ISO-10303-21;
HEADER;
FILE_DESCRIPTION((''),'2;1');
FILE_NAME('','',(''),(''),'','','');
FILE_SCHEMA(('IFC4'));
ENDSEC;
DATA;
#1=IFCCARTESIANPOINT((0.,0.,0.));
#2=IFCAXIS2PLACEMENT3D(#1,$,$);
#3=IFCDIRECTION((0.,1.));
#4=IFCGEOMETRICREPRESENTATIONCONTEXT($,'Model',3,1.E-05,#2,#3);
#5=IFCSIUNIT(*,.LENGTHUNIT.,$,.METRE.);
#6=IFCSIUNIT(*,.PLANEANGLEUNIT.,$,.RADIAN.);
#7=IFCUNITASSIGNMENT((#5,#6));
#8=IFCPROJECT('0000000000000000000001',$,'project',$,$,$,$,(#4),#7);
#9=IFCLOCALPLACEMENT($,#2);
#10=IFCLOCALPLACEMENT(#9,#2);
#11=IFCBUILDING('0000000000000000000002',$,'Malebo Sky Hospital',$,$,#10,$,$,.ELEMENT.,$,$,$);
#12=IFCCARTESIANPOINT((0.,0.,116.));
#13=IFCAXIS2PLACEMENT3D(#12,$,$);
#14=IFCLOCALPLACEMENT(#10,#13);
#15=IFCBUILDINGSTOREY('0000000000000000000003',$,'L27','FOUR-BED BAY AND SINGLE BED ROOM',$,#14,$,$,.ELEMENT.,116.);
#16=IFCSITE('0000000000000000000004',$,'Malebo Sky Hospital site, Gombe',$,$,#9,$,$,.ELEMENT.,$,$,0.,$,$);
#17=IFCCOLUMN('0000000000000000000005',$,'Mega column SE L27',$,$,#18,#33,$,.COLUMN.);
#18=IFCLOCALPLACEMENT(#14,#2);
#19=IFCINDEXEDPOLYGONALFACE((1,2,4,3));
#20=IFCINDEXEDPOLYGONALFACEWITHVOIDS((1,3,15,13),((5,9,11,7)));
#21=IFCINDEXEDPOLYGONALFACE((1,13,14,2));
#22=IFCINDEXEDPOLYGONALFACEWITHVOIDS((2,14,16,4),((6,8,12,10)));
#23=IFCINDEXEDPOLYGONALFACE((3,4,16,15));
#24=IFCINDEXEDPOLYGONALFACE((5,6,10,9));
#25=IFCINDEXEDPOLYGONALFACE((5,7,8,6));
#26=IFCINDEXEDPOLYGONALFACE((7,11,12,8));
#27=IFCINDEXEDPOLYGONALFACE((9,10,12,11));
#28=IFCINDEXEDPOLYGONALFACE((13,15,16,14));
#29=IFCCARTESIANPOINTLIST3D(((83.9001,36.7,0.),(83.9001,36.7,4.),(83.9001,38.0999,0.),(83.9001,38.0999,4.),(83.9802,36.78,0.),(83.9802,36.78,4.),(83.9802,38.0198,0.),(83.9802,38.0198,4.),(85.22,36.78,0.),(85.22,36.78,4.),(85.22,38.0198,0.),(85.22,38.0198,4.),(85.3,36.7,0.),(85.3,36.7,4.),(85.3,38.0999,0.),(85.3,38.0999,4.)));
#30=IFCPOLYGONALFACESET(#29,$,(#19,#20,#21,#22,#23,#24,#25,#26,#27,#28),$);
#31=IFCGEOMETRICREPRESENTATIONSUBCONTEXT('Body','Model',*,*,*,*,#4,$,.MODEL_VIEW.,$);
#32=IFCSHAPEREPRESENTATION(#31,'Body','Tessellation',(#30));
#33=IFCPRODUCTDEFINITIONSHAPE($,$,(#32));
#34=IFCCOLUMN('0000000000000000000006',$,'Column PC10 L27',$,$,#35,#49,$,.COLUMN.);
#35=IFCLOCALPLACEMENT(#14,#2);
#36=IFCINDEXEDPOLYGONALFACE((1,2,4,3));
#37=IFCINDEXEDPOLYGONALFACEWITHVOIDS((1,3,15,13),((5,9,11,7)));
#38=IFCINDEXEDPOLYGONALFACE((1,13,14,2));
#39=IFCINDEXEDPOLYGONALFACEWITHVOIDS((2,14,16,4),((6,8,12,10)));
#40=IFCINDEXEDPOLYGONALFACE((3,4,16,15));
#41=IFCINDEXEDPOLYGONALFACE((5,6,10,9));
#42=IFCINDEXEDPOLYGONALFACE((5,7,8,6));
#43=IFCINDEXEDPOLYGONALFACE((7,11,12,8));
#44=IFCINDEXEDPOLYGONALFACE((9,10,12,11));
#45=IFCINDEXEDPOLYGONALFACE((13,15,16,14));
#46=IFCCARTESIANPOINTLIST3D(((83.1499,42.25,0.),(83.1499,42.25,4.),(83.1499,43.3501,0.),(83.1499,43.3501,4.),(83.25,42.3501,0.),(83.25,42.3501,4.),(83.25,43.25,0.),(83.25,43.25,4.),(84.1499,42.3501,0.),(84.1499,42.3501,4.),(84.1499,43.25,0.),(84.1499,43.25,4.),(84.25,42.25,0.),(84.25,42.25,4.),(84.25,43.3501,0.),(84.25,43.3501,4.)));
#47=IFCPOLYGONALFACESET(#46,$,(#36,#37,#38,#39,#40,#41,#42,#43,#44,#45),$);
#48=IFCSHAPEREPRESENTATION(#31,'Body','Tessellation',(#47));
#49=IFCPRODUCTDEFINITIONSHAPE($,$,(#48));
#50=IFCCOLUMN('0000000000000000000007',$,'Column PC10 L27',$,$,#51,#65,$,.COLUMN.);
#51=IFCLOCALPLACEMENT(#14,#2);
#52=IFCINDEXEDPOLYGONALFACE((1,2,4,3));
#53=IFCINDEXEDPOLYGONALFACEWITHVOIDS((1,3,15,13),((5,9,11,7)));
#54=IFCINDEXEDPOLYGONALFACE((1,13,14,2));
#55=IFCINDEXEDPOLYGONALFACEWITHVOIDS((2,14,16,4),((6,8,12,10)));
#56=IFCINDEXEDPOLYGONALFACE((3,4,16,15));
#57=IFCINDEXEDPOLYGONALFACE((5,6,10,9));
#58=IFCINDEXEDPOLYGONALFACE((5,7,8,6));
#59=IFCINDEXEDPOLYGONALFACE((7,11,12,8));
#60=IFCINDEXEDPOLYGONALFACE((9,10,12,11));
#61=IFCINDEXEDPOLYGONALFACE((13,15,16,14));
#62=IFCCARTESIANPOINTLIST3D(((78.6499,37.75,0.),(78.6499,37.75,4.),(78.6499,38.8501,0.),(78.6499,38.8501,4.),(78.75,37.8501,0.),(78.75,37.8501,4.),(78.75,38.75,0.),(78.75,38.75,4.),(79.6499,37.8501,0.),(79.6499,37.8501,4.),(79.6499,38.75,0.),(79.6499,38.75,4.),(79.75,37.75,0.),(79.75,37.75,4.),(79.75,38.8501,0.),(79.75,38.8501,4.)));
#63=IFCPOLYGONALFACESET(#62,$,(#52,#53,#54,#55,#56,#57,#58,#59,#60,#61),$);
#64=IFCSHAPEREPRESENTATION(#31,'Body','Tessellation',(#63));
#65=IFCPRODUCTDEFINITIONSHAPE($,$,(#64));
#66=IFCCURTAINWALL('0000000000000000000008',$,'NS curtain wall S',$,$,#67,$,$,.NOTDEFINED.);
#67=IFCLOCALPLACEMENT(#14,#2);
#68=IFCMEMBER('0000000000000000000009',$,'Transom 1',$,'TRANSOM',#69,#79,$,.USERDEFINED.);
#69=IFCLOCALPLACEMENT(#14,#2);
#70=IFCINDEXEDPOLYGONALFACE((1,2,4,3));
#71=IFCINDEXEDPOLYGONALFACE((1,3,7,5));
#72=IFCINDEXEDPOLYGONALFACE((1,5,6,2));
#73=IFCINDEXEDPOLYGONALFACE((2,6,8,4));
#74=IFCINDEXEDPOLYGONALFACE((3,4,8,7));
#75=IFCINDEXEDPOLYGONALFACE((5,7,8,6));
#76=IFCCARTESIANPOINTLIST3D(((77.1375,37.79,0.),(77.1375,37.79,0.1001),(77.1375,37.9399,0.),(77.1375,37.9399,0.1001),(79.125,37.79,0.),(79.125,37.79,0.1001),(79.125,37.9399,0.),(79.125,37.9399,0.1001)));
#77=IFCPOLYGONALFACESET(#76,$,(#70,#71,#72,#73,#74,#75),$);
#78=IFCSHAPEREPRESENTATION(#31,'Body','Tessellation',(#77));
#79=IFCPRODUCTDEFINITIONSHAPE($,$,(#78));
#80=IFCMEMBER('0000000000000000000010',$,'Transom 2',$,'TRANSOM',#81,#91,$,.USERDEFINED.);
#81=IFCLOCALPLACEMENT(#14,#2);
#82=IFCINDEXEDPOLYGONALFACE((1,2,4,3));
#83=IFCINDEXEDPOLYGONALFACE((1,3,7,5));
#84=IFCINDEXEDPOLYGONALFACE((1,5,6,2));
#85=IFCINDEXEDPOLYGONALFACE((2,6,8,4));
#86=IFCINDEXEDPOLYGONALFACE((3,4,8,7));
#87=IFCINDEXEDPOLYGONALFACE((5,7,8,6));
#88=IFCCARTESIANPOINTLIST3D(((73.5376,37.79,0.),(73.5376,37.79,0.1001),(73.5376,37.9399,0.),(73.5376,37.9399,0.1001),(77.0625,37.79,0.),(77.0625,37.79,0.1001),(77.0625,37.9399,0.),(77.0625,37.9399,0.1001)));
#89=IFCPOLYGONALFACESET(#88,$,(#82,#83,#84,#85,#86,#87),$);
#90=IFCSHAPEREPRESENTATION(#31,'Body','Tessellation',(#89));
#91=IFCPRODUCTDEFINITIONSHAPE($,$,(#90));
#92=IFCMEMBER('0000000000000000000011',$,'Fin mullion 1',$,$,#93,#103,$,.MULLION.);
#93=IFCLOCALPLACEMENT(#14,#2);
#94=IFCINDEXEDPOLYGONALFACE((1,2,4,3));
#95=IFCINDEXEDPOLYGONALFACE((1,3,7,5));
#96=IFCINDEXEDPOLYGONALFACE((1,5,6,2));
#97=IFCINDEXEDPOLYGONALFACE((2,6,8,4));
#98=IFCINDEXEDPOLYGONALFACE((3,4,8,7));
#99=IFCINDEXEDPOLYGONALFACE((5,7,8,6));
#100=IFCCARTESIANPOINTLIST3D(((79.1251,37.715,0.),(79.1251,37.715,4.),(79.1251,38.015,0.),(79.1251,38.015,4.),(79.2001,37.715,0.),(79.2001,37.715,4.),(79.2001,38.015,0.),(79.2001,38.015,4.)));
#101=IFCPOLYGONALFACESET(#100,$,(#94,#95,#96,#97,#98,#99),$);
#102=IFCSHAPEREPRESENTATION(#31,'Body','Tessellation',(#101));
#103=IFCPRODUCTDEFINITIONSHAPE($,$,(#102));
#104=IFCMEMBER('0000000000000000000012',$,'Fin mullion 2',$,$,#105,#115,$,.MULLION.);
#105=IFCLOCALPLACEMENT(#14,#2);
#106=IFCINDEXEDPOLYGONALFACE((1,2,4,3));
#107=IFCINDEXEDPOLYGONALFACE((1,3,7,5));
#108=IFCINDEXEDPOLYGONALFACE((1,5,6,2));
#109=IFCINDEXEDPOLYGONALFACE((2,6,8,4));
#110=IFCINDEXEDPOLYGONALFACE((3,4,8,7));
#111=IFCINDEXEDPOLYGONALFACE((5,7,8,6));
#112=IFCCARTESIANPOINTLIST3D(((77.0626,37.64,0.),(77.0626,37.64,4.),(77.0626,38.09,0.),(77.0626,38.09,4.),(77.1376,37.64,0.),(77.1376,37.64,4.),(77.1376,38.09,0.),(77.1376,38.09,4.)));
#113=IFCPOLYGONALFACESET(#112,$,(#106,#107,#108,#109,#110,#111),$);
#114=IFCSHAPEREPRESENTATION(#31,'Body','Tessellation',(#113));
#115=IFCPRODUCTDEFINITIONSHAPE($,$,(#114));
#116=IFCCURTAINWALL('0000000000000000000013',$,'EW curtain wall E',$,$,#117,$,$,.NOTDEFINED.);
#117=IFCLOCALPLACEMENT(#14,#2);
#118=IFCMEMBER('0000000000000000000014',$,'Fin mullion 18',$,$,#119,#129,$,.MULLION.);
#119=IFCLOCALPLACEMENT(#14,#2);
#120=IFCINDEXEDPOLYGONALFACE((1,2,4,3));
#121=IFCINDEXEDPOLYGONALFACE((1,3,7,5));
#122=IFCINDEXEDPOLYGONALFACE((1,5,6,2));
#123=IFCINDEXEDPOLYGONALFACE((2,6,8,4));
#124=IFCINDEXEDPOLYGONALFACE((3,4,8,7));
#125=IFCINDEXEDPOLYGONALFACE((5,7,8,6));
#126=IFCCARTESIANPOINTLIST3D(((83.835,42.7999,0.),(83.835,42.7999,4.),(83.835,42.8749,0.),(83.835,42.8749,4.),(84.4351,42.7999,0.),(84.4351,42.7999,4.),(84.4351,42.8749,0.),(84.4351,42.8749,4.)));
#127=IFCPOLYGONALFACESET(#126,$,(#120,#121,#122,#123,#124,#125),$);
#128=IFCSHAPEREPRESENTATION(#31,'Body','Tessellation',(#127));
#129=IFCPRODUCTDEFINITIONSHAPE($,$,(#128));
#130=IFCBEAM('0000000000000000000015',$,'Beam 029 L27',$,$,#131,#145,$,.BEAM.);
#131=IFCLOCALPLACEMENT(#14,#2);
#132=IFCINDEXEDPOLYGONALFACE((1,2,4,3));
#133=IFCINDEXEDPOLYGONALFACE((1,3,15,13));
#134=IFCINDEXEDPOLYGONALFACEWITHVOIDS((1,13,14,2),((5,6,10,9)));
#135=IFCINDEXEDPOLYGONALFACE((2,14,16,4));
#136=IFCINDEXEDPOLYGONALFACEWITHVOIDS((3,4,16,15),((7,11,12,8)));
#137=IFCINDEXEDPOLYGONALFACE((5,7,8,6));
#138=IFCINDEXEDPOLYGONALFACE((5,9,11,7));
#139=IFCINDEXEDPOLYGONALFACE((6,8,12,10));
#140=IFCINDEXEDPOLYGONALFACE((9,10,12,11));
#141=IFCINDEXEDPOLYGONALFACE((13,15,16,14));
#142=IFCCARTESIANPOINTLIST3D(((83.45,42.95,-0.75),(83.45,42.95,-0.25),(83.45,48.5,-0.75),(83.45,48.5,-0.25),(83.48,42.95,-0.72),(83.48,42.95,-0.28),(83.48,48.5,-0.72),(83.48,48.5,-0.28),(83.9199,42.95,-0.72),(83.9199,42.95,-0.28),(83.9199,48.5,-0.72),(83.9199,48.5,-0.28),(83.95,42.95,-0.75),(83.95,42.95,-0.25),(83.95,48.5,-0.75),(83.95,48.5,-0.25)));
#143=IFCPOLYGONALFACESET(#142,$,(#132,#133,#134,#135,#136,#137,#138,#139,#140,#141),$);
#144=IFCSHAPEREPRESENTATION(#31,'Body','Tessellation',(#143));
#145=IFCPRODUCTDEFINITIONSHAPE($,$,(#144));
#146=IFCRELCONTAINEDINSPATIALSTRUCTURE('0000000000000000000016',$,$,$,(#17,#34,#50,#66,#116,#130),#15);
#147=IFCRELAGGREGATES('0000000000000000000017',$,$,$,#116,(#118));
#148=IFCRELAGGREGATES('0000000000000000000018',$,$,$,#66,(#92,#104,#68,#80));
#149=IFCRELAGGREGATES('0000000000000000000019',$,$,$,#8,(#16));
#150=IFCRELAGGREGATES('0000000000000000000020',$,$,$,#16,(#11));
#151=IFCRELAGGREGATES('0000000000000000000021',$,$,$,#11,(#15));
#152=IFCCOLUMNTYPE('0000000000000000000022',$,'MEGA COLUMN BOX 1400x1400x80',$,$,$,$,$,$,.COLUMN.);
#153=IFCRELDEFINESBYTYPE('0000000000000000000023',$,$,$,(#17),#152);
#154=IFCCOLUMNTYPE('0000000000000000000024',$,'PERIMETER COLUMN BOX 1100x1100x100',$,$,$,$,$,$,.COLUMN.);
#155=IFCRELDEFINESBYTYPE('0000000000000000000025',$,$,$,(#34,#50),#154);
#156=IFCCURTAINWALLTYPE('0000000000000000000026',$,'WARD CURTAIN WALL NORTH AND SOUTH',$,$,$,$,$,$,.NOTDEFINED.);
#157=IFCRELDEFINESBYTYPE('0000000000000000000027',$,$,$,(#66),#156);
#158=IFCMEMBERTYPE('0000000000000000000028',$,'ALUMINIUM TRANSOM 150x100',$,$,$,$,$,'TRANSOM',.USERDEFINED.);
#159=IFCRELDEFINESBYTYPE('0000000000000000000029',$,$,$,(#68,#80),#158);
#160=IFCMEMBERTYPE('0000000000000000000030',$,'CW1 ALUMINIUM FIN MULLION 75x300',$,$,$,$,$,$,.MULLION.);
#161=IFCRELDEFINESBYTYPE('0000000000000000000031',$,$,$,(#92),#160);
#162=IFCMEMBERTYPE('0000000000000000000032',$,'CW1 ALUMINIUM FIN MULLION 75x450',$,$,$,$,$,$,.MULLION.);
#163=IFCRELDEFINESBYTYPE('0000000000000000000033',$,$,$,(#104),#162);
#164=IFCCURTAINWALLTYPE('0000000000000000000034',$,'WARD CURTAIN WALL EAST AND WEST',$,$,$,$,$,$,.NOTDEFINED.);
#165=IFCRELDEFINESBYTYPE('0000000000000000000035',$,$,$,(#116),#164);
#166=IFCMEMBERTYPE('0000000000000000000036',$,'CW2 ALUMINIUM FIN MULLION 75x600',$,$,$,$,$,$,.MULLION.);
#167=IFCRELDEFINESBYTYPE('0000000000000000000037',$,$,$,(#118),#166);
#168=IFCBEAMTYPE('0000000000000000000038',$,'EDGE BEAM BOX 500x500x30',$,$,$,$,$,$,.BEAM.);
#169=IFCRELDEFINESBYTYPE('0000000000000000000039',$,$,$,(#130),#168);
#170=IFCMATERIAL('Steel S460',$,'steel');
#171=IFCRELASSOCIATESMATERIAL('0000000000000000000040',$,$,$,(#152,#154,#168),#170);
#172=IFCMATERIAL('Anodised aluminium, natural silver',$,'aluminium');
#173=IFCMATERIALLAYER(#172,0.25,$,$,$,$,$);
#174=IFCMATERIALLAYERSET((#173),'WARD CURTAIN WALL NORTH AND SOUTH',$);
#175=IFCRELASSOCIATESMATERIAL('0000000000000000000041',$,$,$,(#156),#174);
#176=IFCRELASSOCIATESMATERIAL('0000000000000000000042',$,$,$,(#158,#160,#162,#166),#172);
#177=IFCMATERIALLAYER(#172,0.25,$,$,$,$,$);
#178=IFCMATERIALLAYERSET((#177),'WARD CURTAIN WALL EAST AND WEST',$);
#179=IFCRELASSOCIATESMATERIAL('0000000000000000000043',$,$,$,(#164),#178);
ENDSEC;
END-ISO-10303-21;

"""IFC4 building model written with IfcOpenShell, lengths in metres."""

from ifc_helpers import new_model, si_unit, direction, frame, origin, origin_2d, place, context, subcontext, project, spatial, rectangle, hollow_rectangle, extrude, material, layer, layer_set, material_profile, profile_set, type_object, element, aggregate, save


model = new_model("IFC4")

# Units and contexts
model_context = context("Model", 3, precision=1e-05, world=origin(), true_north=direction((0.0, 1.0)))
body_context = subcontext(model_context, "Body", "Model", "MODEL_VIEW")
ifc_project = project(units=[si_unit("LENGTHUNIT", "METRE"), si_unit("PLANEANGLEUNIT", "RADIAN")], contexts=[model_context])

# Site, building, storey
site_placement = place(None, origin())
site = spatial("IfcSite", under=ifc_project, at=site_placement, Name="Malebo Sky Hospital site, Gombe", CompositionType="ELEMENT", RefElevation=0.0)
building_placement = place(site_placement, origin())
building = spatial("IfcBuilding", under=site, at=building_placement, Name="Malebo Sky Hospital", CompositionType="ELEMENT")
storey_placement = place(building_placement, frame((0.0, 0.0, 116.0)))
storey = spatial("IfcBuildingStorey", under=building, at=storey_placement, Name="L27", Description="FOUR-BED BAY AND SINGLE BED ROOM", CompositionType="ELEMENT", Elevation=116.0)

# Columns
ifc_material_1 = material(Name="Steel S460", Category="steel")
ifc_material_profile_1 = material_profile(ifc_material_1, hollow_rectangle(XDim=1.3999, YDim=1.3999, WallThickness=0.0801, at=origin_2d()), Name="BOX 1400x1400x80")
ifc_profile_set_1 = profile_set([ifc_material_profile_1], Name="Steel S460")
column_type_1 = type_object("IfcColumnType", Name="MEGA COLUMN BOX 1400x1400x80", PredefinedType="COLUMN", material=ifc_profile_set_1)
column_placement = place(storey_placement, frame((84.6001, 37.3999, 0.0), z_axis=(0.0, 0.0, 1.0), x_axis=(1.0, 0.0, 0.0)))
element("IfcColumn", 1, at=column_placement, inside=storey, type_object=column_type_1, Name="Mega column SE L27", PredefinedType="COLUMN", context=body_context, shape_type="SweptSolid", body=[
    extrude(hollow_rectangle(XDim=1.3999, YDim=1.3999, WallThickness=0.0801, at=origin_2d()), origin(), (0.0, 0.0, 1.0), 4.0),
])
ifc_material_profile_2 = material_profile(ifc_material_1, hollow_rectangle(XDim=1.1001, YDim=1.1001, WallThickness=0.1001, at=origin_2d()), Name="BOX 1100x1100x100")
ifc_profile_set_2 = profile_set([ifc_material_profile_2], Name="Steel S460")
column_type_2 = type_object("IfcColumnType", Name="PERIMETER COLUMN BOX 1100x1100x100", PredefinedType="COLUMN", material=ifc_profile_set_2)
for number, where, z_axis, x_axis, name in (
    (2, (83.7, 42.8, 0.0), (0.0, 0.0, 1.0), (1.0, 0.0, 0.0), "Column PC10 L27"),
    (3, (79.2, 38.3, 0.0), (0.0, 0.0, 1.0), (1.0, 0.0, 0.0), "Column PC10 L27"),
):
    element("IfcColumn", number, at=place(storey_placement, frame(where, z_axis=z_axis, x_axis=x_axis)), inside=storey, type_object=column_type_2, Name=name, PredefinedType="COLUMN", context=body_context, shape_type="SweptSolid", body=[
        extrude(hollow_rectangle(XDim=1.1001, YDim=1.1001, WallThickness=0.1001, at=origin_2d()), origin(), (0.0, 0.0, 1.0), 4.0),
    ])

# Curtain wall, members
ifc_material_2 = material(Name="Anodised aluminium, natural silver", Category="aluminium")
ifc_layer_1 = layer(ifc_material_2, 0.25)
ifc_layer_set_1 = layer_set([ifc_layer_1], Name="WARD CURTAIN WALL NORTH AND SOUTH")
curtain_wall_type_1 = type_object("IfcCurtainWallType", Name="WARD CURTAIN WALL NORTH AND SOUTH", PredefinedType="NOTDEFINED", material=ifc_layer_set_1)
curtain_wall_1_placement = place(storey_placement, origin())
curtain_wall_1 = element("IfcCurtainWall", 4, at=curtain_wall_1_placement, inside=storey, type_object=curtain_wall_type_1, Name="NS curtain wall S", PredefinedType="NOTDEFINED")
ifc_material_profile_3 = material_profile(ifc_material_2, rectangle(XDim=0.1499, YDim=0.1001, at=origin_2d()), Name="ALUMINIUM TRANSOM 150x100")
ifc_profile_set_3 = profile_set([ifc_material_profile_3], Name="Anodised aluminium, natural silver")
member_type_1 = type_object("IfcMemberType", Name="ALUMINIUM TRANSOM 150x100", ElementType="TRANSOM", PredefinedType="USERDEFINED", material=ifc_profile_set_3)
member_1_placement = place(storey_placement, frame((79.125, 37.865, 0.05), z_axis=(-1.0, 0.0, 0.0), x_axis=(0.0, -1.0, 0.0)))
member_1 = element("IfcMember", 5, at=member_1_placement, type_object=member_type_1, Name="Transom 1", ObjectType="TRANSOM", PredefinedType="USERDEFINED", context=body_context, shape_type="SweptSolid", body=[
    extrude(rectangle(XDim=0.1499, YDim=0.1001, at=origin_2d()), origin(), (0.0, 0.0, 1.0), 1.9875),
])
member_2_placement = place(storey_placement, frame((77.0625, 37.865, 0.05), z_axis=(-1.0, 0.0, 0.0), x_axis=(0.0, -1.0, 0.0)))
member_2 = element("IfcMember", 6, at=member_2_placement, type_object=member_type_1, Name="Transom 2", ObjectType="TRANSOM", PredefinedType="USERDEFINED", context=body_context, shape_type="SweptSolid", body=[
    extrude(rectangle(XDim=0.1499, YDim=0.1001, at=origin_2d()), origin(), (0.0, 0.0, 1.0), 3.5249),
])
ifc_material_profile_4 = material_profile(ifc_material_2, rectangle(XDim=0.075, YDim=0.3, at=origin_2d()), Name="CW1 ALUMINIUM FIN MULLION 75x300")
ifc_profile_set_4 = profile_set([ifc_material_profile_4], Name="Anodised aluminium, natural silver")
member_type_2 = type_object("IfcMemberType", Name="CW1 ALUMINIUM FIN MULLION 75x300", PredefinedType="MULLION", material=ifc_profile_set_4)
member_3_placement = place(storey_placement, frame((79.1626, 37.865, 0.0), z_axis=(0.0, 0.0, 1.0), x_axis=(-1.0, 0.0, 0.0)))
member_3 = element("IfcMember", 7, at=member_3_placement, type_object=member_type_2, Name="Fin mullion 1", PredefinedType="MULLION", context=body_context, shape_type="SweptSolid", body=[
    extrude(rectangle(XDim=0.075, YDim=0.3, at=origin_2d()), origin(), (0.0, 0.0, 1.0), 4.0),
])
ifc_material_profile_5 = material_profile(ifc_material_2, rectangle(XDim=0.075, YDim=0.45, at=origin_2d()), Name="CW1 ALUMINIUM FIN MULLION 75x450")
ifc_profile_set_5 = profile_set([ifc_material_profile_5], Name="Anodised aluminium, natural silver")
member_type_3 = type_object("IfcMemberType", Name="CW1 ALUMINIUM FIN MULLION 75x450", PredefinedType="MULLION", material=ifc_profile_set_5)
member_4_placement = place(storey_placement, frame((77.1001, 37.865, 0.0), z_axis=(0.0, 0.0, 1.0), x_axis=(-1.0, 0.0, 0.0)))
member_4 = element("IfcMember", 8, at=member_4_placement, type_object=member_type_3, Name="Fin mullion 2", PredefinedType="MULLION", context=body_context, shape_type="SweptSolid", body=[
    extrude(rectangle(XDim=0.075, YDim=0.45, at=origin_2d()), origin(), (0.0, 0.0, 1.0), 4.0),
])

# Curtain wall, member
ifc_layer_2 = layer(ifc_material_2, 0.25)
ifc_layer_set_2 = layer_set([ifc_layer_2], Name="WARD CURTAIN WALL EAST AND WEST")
curtain_wall_type_2 = type_object("IfcCurtainWallType", Name="WARD CURTAIN WALL EAST AND WEST", PredefinedType="NOTDEFINED", material=ifc_layer_set_2)
curtain_wall_2_placement = place(storey_placement, origin())
curtain_wall_2 = element("IfcCurtainWall", 9, at=curtain_wall_2_placement, inside=storey, type_object=curtain_wall_type_2, Name="EW curtain wall E", PredefinedType="NOTDEFINED")
ifc_material_profile_6 = material_profile(ifc_material_2, rectangle(XDim=0.075, YDim=0.6001, at=origin_2d()), Name="CW2 ALUMINIUM FIN MULLION 75x600")
ifc_profile_set_6 = profile_set([ifc_material_profile_6], Name="Anodised aluminium, natural silver")
member_type_4 = type_object("IfcMemberType", Name="CW2 ALUMINIUM FIN MULLION 75x600", PredefinedType="MULLION", material=ifc_profile_set_6)
member_5_placement = place(storey_placement, frame((84.135, 42.8374, 0.0), z_axis=(0.0, 0.0, 1.0), x_axis=(0.0, -1.0, 0.0)))
member_5 = element("IfcMember", 10, at=member_5_placement, type_object=member_type_4, Name="Fin mullion 18", PredefinedType="MULLION", context=body_context, shape_type="SweptSolid", body=[
    extrude(rectangle(XDim=0.075, YDim=0.6001, at=origin_2d()), origin(), (0.0, 0.0, 1.0), 4.0),
])
aggregate(curtain_wall_2, [member_5])

# Beam
ifc_material_profile_7 = material_profile(ifc_material_1, hollow_rectangle(XDim=0.5, YDim=0.5, WallThickness=0.03, at=origin_2d()), Name="BOX 500x500x30")
ifc_profile_set_7 = profile_set([ifc_material_profile_7], Name="Steel S460")
beam_type_1 = type_object("IfcBeamType", Name="EDGE BEAM BOX 500x500x30", PredefinedType="BEAM", material=ifc_profile_set_7)
beam_1_placement = place(storey_placement, frame((83.7, 42.95, -0.5), z_axis=(0.0, 1.0, 0.0), x_axis=(-1.0, 0.0, 0.0)))
element("IfcBeam", 11, at=beam_1_placement, inside=storey, type_object=beam_type_1, Name="Beam 029 L27", PredefinedType="BEAM", context=body_context, shape_type="SweptSolid", body=[
    extrude(hollow_rectangle(XDim=0.5, YDim=0.5, WallThickness=0.03, at=origin_2d()), origin(), (0.0, 0.0, 1.0), 5.55),
])

aggregate(curtain_wall_1, [member_3, member_4, member_1, member_2])

save(model, "model.ifc")
